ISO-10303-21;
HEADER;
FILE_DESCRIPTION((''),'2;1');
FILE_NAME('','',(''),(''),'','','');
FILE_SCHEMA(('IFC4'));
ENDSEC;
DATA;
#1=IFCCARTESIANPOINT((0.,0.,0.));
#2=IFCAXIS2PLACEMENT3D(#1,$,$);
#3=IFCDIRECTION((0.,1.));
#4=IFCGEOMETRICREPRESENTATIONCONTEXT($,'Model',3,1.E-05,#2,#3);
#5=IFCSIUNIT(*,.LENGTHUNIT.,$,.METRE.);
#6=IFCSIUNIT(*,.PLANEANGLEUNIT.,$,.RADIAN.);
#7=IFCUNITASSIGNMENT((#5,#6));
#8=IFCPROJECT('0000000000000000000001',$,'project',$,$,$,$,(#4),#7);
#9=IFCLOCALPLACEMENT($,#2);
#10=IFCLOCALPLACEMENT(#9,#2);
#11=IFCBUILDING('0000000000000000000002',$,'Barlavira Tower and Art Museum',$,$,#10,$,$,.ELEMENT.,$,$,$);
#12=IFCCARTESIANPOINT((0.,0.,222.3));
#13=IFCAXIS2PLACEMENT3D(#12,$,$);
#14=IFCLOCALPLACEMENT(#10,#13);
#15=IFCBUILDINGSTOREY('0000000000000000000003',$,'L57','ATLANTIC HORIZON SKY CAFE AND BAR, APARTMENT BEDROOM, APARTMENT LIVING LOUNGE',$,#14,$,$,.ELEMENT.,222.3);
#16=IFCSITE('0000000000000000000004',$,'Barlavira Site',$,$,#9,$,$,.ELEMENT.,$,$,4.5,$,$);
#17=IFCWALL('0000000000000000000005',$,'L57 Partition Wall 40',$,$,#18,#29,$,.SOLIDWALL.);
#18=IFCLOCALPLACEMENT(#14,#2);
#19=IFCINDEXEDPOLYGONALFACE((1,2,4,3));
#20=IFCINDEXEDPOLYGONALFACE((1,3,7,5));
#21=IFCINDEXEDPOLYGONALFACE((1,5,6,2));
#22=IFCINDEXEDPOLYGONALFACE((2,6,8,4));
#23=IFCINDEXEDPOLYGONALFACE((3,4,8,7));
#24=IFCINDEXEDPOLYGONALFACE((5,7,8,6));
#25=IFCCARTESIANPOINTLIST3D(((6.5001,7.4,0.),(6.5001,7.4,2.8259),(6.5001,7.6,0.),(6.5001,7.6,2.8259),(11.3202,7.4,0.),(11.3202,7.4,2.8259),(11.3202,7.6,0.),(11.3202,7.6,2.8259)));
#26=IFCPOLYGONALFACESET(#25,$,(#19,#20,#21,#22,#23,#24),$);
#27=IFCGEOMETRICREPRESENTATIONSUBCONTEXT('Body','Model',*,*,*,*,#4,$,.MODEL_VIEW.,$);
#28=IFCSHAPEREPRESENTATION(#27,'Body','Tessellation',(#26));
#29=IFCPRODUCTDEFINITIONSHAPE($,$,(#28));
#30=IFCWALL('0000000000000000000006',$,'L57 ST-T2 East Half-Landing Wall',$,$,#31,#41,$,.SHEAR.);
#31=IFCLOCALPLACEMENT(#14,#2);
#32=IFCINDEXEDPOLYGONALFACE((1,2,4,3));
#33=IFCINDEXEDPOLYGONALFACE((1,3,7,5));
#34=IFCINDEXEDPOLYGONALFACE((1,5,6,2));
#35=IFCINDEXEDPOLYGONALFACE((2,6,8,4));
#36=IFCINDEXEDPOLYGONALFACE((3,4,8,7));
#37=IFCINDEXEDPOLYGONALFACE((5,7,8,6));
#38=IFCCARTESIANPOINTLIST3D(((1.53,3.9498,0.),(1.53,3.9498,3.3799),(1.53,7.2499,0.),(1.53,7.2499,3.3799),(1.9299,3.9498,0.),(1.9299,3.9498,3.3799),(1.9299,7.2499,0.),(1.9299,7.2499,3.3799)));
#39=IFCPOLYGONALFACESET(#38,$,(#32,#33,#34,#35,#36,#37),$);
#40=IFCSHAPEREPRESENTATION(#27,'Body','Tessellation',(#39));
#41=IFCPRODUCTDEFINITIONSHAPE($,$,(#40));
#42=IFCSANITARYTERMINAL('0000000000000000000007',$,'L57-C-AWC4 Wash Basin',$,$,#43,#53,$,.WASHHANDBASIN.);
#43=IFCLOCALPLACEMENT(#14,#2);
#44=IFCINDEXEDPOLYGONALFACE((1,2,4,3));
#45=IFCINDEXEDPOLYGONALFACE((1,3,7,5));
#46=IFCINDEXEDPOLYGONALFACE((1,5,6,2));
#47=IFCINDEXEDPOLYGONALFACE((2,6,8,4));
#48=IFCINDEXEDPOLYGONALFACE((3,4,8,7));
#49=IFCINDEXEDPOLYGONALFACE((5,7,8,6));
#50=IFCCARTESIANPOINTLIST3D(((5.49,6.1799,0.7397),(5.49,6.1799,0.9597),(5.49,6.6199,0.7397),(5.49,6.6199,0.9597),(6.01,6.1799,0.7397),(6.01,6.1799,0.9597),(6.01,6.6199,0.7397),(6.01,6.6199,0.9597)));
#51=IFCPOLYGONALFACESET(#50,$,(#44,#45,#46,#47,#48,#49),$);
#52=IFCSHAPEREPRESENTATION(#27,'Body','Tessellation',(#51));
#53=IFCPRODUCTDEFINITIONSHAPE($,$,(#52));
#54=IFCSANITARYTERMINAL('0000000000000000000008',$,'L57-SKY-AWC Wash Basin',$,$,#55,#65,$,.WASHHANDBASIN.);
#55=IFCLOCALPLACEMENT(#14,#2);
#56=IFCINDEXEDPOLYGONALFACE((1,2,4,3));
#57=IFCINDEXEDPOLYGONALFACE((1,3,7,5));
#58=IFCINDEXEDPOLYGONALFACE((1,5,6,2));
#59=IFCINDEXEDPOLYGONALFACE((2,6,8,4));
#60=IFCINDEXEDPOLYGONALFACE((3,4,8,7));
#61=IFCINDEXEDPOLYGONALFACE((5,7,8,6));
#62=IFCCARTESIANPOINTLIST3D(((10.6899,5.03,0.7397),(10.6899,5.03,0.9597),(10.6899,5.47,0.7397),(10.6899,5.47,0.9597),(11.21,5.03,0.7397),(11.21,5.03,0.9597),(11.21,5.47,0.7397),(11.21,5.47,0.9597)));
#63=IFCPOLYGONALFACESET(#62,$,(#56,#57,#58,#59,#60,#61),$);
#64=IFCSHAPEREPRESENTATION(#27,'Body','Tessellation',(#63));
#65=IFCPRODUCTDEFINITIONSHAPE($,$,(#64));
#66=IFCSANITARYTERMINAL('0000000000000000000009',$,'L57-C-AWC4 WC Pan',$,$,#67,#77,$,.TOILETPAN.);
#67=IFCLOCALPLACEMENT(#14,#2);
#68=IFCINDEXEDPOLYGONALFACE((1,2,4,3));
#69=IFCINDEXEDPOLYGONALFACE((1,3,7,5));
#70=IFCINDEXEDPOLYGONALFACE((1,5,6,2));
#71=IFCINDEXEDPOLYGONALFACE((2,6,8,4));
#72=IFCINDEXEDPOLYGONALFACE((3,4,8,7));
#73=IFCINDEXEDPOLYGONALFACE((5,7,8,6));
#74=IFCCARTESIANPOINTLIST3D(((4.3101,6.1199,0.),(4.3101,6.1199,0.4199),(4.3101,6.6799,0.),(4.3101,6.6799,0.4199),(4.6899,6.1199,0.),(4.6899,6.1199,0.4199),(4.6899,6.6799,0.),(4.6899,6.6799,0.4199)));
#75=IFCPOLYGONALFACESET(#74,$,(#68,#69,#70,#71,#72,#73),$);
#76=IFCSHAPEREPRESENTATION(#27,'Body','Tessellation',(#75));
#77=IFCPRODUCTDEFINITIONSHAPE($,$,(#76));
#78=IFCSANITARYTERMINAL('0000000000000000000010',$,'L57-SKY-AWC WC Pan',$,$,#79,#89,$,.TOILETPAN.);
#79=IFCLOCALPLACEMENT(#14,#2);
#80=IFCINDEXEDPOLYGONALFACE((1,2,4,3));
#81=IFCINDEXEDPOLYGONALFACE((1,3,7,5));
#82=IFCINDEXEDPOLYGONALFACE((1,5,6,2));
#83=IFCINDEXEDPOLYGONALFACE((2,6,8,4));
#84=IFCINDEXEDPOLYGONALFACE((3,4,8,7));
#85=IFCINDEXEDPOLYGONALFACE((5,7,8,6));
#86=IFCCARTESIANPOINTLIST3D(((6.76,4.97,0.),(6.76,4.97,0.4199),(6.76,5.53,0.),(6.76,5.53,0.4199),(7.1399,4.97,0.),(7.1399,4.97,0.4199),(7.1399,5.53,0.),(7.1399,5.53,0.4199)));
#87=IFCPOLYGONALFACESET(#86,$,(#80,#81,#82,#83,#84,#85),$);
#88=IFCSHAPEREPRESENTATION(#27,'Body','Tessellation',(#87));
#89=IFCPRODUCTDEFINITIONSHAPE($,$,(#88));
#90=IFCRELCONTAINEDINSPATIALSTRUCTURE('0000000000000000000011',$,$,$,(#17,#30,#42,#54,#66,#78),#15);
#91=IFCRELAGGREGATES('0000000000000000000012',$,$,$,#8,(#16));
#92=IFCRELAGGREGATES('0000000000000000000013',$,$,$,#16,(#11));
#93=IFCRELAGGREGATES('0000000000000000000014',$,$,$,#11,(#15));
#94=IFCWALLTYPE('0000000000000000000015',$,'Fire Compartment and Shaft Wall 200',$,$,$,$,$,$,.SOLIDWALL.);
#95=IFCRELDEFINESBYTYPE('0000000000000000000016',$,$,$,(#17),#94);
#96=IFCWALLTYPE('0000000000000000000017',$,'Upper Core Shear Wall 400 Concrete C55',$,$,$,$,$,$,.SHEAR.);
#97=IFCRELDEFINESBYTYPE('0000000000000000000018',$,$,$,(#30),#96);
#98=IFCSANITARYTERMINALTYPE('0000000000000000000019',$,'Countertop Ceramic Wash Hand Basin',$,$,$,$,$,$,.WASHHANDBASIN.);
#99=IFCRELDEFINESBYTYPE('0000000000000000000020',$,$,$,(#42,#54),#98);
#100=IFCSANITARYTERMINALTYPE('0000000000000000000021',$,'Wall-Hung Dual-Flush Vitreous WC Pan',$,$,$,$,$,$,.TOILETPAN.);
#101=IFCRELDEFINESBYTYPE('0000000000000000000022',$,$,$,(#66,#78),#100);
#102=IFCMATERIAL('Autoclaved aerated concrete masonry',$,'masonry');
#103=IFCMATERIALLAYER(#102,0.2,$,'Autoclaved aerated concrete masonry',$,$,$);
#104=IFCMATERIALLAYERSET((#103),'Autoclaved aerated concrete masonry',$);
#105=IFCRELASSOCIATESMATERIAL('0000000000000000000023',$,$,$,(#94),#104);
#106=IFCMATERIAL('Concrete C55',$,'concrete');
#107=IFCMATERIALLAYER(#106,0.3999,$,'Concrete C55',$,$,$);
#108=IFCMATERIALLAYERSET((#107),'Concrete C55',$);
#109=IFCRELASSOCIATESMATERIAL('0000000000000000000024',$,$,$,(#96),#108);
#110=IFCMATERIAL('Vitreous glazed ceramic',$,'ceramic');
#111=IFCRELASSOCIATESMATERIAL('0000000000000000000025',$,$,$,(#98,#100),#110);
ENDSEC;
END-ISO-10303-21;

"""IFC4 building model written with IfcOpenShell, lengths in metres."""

from ifc_helpers import new_model, si_unit, direction, frame, frame_2d, origin, origin_2d, place, context, subcontext, project, spatial, rectangle, extrude, material, layer, layer_set, type_object, element, save


model = new_model("IFC4")

# Units and contexts
model_context = context("Model", 3, precision=1e-05, world=origin(), true_north=direction((0.0, 1.0)))
body_context = subcontext(model_context, "Body", "Model", "MODEL_VIEW")
ifc_project = project(units=[si_unit("LENGTHUNIT", "METRE"), si_unit("PLANEANGLEUNIT", "RADIAN")], contexts=[model_context])

# Site, building, storey
site_placement = place(None, origin())
site = spatial("IfcSite", under=ifc_project, at=site_placement, Name="Barlavira Site", CompositionType="ELEMENT", RefElevation=4.5)
building_placement = place(site_placement, origin())
building = spatial("IfcBuilding", under=site, at=building_placement, Name="Barlavira Tower and Art Museum", CompositionType="ELEMENT")
storey_placement = place(building_placement, frame((0.0, 0.0, 222.3)))
storey = spatial("IfcBuildingStorey", under=building, at=storey_placement, Name="L57", Description="ATLANTIC HORIZON SKY CAFE AND BAR, APARTMENT BEDROOM, APARTMENT LIVING LOUNGE", CompositionType="ELEMENT", Elevation=222.3)

# Shared definitions
ifc_material_1 = material(Name="Autoclaved aerated concrete masonry", Category="masonry")
ifc_layer_1 = layer(ifc_material_1, 0.2, Name="Autoclaved aerated concrete masonry")
ifc_layer_set_1 = layer_set([ifc_layer_1], Name="Autoclaved aerated concrete masonry")
wall_type_1 = type_object("IfcWallType", Name="Fire Compartment and Shaft Wall 200", PredefinedType="SOLIDWALL", material=ifc_layer_set_1)

# Walls
wall_1_placement = place(storey_placement, frame((6.5, 7.5, 0.0), z_axis=(0.0, 0.0, 1.0), x_axis=(1.0, 0.0, 0.0)))
element("IfcWall", 1, at=wall_1_placement, inside=storey, type_object=wall_type_1, Name="L57 Partition Wall 40", PredefinedType="SOLIDWALL", context=body_context, shape_type="SweptSolid", body=[
    extrude(rectangle(XDim=4.8201, YDim=0.2, at=frame_2d((2.4102, 0.0))), origin(), (0.0, 0.0, 1.0), 2.8259),
])
ifc_material_2 = material(Name="Concrete C55", Category="concrete")
ifc_layer_2 = layer(ifc_material_2, 0.3999, Name="Concrete C55")
ifc_layer_set_2 = layer_set([ifc_layer_2], Name="Concrete C55")
wall_type_2 = type_object("IfcWallType", Name="Upper Core Shear Wall 400 Concrete C55", PredefinedType="SHEAR", material=ifc_layer_set_2)
wall_2_placement = place(storey_placement, frame((1.73, 3.95, 0.0), z_axis=(0.0, 0.0, 1.0), x_axis=(0.0, 1.0, 0.0)))
element("IfcWall", 2, at=wall_2_placement, inside=storey, type_object=wall_type_2, Name="L57 ST-T2 East Half-Landing Wall", PredefinedType="SHEAR", context=body_context, shape_type="SweptSolid", body=[
    extrude(rectangle(XDim=3.3, YDim=0.3999, at=frame_2d((1.6499, 0.0))), origin(), (0.0, 0.0, 1.0), 3.3799),
])

# Sanitary terminals
ifc_material_3 = material(Name="Vitreous glazed ceramic", Category="ceramic")
sanitary_terminal_type_1 = type_object("IfcSanitaryTerminalType", Name="Countertop Ceramic Wash Hand Basin", PredefinedType="WASHHANDBASIN", material=ifc_material_3)
for number, where, z_axis, x_axis, name in (
    (3, (5.75, 6.3999, 0.7397), (0.0, 0.0, 1.0), (1.0, 0.0, 0.0), "L57-C-AWC4 Wash Basin"),
    (4, (10.95, 5.25, 0.7397), (0.0, 0.0, 1.0), (1.0, 0.0, 0.0), "L57-SKY-AWC Wash Basin"),
):
    element("IfcSanitaryTerminal", number, at=place(storey_placement, frame(where, z_axis=z_axis, x_axis=x_axis)), inside=storey, type_object=sanitary_terminal_type_1, Name=name, PredefinedType="WASHHANDBASIN", context=body_context, shape_type="SweptSolid", body=[
        extrude(rectangle(XDim=0.52, YDim=0.4399, at=origin_2d()), origin(), (0.0, 0.0, 1.0), 0.22),
    ])
sanitary_terminal_type_2 = type_object("IfcSanitaryTerminalType", Name="Wall-Hung Dual-Flush Vitreous WC Pan", PredefinedType="TOILETPAN", material=ifc_material_3)
for number, where, z_axis, x_axis, name in (
    (5, (4.5, 6.3999, 0.0), (0.0, 0.0, 1.0), (1.0, 0.0, 0.0), "L57-C-AWC4 WC Pan"),
    (6, (6.95, 5.25, 0.0), (0.0, 0.0, 1.0), (1.0, 0.0, 0.0), "L57-SKY-AWC WC Pan"),
):
    element("IfcSanitaryTerminal", number, at=place(storey_placement, frame(where, z_axis=z_axis, x_axis=x_axis)), inside=storey, type_object=sanitary_terminal_type_2, Name=name, PredefinedType="TOILETPAN", context=body_context, shape_type="SweptSolid", body=[
        extrude(rectangle(XDim=0.3799, YDim=0.5601, at=origin_2d()), origin(), (0.0, 0.0, 1.0), 0.4199),
    ])

save(model, "model.ifc")
